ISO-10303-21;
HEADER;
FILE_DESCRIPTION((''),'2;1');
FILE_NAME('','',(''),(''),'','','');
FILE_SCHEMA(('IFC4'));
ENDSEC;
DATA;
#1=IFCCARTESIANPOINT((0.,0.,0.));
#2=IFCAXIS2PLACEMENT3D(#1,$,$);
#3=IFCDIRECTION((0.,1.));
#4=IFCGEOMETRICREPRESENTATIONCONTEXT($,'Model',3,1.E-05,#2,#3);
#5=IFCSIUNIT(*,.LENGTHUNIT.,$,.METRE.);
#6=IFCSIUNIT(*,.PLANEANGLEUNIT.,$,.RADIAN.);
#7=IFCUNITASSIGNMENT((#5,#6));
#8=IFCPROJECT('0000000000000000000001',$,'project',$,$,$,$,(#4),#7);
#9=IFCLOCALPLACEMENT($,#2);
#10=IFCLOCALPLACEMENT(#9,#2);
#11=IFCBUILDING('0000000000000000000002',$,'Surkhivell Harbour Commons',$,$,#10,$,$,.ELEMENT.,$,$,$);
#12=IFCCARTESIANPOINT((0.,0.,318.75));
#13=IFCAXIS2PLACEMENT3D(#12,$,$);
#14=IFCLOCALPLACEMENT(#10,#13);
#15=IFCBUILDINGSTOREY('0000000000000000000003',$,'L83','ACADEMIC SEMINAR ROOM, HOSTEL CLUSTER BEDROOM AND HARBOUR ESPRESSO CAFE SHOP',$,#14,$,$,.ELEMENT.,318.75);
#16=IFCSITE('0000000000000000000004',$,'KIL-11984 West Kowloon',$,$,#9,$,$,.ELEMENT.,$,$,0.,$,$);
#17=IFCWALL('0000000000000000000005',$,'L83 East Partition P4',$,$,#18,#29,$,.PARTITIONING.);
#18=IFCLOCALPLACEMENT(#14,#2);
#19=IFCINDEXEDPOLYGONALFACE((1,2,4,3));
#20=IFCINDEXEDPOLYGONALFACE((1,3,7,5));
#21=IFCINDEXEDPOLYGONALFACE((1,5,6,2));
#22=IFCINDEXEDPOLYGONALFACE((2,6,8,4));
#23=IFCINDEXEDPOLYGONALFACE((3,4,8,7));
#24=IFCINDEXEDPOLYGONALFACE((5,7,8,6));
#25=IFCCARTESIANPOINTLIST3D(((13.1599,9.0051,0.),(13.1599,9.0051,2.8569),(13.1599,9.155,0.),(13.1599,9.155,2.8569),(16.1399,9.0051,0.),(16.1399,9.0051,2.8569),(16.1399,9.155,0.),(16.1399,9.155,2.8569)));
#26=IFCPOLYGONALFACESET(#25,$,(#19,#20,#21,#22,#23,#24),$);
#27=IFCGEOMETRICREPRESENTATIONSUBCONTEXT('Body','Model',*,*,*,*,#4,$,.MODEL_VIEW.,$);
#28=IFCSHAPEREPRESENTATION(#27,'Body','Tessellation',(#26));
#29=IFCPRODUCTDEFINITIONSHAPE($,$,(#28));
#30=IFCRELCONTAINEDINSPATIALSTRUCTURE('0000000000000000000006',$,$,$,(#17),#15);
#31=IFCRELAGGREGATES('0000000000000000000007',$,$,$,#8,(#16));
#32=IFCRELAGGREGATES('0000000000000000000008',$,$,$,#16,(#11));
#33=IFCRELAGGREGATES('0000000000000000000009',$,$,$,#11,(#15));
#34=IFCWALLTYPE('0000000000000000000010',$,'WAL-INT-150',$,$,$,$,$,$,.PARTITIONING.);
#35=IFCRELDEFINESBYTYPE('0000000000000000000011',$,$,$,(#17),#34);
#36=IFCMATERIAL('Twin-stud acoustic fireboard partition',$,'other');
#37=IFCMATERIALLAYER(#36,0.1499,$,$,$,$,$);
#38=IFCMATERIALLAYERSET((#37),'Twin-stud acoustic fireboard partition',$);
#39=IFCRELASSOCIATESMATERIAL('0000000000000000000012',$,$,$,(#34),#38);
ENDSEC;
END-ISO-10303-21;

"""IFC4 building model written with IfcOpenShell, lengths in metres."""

from ifc_helpers import new_model, si_unit, direction, frame, frame_2d, origin, place, context, subcontext, project, spatial, rectangle, extrude, material, layer, layer_set, type_object, element, save


model = new_model("IFC4")

# Units and contexts
model_context = context("Model", 3, precision=1e-05, world=origin(), true_north=direction((0.0, 1.0)))
body_context = subcontext(model_context, "Body", "Model", "MODEL_VIEW")
ifc_project = project(units=[si_unit("LENGTHUNIT", "METRE"), si_unit("PLANEANGLEUNIT", "RADIAN")], contexts=[model_context])

# Site, building, storey
site_placement = place(None, origin())
site = spatial("IfcSite", under=ifc_project, at=site_placement, Name="KIL-11984 West Kowloon", CompositionType="ELEMENT", RefElevation=0.0)
building_placement = place(site_placement, origin())
building = spatial("IfcBuilding", under=site, at=building_placement, Name="Surkhivell Harbour Commons", CompositionType="ELEMENT")
storey_placement = place(building_placement, frame((0.0, 0.0, 318.75)))
storey = spatial("IfcBuildingStorey", under=building, at=storey_placement, Name="L83", Description="ACADEMIC SEMINAR ROOM, HOSTEL CLUSTER BEDROOM AND HARBOUR ESPRESSO CAFE SHOP", CompositionType="ELEMENT", Elevation=318.75)

# Wall
ifc_material_1 = material(Name="Twin-stud acoustic fireboard partition", Category="other")
ifc_layer_1 = layer(ifc_material_1, 0.1499)
ifc_layer_set_1 = layer_set([ifc_layer_1], Name="Twin-stud acoustic fireboard partition")
wall_type_1 = type_object("IfcWallType", Name="WAL-INT-150", PredefinedType="PARTITIONING", material=ifc_layer_set_1)
for number, where, z_axis, x_axis, name in (
    (1, (13.1599, 9.0801, 0.0), (0.0, 0.0, 1.0), (1.0, 0.0, 0.0), "L83 East Partition P4"),
):
    element("IfcWall", number, at=place(storey_placement, frame(where, z_axis=z_axis, x_axis=x_axis)), inside=storey, type_object=wall_type_1, Name=name, PredefinedType="PARTITIONING", context=body_context, shape_type="SweptSolid", body=[
        extrude(rectangle(XDim=2.98, YDim=0.1499, at=frame_2d((1.49, 0.0))), origin(), (0.0, 0.0, 1.0), 2.8569),
    ])

save(model, "model.ifc")
